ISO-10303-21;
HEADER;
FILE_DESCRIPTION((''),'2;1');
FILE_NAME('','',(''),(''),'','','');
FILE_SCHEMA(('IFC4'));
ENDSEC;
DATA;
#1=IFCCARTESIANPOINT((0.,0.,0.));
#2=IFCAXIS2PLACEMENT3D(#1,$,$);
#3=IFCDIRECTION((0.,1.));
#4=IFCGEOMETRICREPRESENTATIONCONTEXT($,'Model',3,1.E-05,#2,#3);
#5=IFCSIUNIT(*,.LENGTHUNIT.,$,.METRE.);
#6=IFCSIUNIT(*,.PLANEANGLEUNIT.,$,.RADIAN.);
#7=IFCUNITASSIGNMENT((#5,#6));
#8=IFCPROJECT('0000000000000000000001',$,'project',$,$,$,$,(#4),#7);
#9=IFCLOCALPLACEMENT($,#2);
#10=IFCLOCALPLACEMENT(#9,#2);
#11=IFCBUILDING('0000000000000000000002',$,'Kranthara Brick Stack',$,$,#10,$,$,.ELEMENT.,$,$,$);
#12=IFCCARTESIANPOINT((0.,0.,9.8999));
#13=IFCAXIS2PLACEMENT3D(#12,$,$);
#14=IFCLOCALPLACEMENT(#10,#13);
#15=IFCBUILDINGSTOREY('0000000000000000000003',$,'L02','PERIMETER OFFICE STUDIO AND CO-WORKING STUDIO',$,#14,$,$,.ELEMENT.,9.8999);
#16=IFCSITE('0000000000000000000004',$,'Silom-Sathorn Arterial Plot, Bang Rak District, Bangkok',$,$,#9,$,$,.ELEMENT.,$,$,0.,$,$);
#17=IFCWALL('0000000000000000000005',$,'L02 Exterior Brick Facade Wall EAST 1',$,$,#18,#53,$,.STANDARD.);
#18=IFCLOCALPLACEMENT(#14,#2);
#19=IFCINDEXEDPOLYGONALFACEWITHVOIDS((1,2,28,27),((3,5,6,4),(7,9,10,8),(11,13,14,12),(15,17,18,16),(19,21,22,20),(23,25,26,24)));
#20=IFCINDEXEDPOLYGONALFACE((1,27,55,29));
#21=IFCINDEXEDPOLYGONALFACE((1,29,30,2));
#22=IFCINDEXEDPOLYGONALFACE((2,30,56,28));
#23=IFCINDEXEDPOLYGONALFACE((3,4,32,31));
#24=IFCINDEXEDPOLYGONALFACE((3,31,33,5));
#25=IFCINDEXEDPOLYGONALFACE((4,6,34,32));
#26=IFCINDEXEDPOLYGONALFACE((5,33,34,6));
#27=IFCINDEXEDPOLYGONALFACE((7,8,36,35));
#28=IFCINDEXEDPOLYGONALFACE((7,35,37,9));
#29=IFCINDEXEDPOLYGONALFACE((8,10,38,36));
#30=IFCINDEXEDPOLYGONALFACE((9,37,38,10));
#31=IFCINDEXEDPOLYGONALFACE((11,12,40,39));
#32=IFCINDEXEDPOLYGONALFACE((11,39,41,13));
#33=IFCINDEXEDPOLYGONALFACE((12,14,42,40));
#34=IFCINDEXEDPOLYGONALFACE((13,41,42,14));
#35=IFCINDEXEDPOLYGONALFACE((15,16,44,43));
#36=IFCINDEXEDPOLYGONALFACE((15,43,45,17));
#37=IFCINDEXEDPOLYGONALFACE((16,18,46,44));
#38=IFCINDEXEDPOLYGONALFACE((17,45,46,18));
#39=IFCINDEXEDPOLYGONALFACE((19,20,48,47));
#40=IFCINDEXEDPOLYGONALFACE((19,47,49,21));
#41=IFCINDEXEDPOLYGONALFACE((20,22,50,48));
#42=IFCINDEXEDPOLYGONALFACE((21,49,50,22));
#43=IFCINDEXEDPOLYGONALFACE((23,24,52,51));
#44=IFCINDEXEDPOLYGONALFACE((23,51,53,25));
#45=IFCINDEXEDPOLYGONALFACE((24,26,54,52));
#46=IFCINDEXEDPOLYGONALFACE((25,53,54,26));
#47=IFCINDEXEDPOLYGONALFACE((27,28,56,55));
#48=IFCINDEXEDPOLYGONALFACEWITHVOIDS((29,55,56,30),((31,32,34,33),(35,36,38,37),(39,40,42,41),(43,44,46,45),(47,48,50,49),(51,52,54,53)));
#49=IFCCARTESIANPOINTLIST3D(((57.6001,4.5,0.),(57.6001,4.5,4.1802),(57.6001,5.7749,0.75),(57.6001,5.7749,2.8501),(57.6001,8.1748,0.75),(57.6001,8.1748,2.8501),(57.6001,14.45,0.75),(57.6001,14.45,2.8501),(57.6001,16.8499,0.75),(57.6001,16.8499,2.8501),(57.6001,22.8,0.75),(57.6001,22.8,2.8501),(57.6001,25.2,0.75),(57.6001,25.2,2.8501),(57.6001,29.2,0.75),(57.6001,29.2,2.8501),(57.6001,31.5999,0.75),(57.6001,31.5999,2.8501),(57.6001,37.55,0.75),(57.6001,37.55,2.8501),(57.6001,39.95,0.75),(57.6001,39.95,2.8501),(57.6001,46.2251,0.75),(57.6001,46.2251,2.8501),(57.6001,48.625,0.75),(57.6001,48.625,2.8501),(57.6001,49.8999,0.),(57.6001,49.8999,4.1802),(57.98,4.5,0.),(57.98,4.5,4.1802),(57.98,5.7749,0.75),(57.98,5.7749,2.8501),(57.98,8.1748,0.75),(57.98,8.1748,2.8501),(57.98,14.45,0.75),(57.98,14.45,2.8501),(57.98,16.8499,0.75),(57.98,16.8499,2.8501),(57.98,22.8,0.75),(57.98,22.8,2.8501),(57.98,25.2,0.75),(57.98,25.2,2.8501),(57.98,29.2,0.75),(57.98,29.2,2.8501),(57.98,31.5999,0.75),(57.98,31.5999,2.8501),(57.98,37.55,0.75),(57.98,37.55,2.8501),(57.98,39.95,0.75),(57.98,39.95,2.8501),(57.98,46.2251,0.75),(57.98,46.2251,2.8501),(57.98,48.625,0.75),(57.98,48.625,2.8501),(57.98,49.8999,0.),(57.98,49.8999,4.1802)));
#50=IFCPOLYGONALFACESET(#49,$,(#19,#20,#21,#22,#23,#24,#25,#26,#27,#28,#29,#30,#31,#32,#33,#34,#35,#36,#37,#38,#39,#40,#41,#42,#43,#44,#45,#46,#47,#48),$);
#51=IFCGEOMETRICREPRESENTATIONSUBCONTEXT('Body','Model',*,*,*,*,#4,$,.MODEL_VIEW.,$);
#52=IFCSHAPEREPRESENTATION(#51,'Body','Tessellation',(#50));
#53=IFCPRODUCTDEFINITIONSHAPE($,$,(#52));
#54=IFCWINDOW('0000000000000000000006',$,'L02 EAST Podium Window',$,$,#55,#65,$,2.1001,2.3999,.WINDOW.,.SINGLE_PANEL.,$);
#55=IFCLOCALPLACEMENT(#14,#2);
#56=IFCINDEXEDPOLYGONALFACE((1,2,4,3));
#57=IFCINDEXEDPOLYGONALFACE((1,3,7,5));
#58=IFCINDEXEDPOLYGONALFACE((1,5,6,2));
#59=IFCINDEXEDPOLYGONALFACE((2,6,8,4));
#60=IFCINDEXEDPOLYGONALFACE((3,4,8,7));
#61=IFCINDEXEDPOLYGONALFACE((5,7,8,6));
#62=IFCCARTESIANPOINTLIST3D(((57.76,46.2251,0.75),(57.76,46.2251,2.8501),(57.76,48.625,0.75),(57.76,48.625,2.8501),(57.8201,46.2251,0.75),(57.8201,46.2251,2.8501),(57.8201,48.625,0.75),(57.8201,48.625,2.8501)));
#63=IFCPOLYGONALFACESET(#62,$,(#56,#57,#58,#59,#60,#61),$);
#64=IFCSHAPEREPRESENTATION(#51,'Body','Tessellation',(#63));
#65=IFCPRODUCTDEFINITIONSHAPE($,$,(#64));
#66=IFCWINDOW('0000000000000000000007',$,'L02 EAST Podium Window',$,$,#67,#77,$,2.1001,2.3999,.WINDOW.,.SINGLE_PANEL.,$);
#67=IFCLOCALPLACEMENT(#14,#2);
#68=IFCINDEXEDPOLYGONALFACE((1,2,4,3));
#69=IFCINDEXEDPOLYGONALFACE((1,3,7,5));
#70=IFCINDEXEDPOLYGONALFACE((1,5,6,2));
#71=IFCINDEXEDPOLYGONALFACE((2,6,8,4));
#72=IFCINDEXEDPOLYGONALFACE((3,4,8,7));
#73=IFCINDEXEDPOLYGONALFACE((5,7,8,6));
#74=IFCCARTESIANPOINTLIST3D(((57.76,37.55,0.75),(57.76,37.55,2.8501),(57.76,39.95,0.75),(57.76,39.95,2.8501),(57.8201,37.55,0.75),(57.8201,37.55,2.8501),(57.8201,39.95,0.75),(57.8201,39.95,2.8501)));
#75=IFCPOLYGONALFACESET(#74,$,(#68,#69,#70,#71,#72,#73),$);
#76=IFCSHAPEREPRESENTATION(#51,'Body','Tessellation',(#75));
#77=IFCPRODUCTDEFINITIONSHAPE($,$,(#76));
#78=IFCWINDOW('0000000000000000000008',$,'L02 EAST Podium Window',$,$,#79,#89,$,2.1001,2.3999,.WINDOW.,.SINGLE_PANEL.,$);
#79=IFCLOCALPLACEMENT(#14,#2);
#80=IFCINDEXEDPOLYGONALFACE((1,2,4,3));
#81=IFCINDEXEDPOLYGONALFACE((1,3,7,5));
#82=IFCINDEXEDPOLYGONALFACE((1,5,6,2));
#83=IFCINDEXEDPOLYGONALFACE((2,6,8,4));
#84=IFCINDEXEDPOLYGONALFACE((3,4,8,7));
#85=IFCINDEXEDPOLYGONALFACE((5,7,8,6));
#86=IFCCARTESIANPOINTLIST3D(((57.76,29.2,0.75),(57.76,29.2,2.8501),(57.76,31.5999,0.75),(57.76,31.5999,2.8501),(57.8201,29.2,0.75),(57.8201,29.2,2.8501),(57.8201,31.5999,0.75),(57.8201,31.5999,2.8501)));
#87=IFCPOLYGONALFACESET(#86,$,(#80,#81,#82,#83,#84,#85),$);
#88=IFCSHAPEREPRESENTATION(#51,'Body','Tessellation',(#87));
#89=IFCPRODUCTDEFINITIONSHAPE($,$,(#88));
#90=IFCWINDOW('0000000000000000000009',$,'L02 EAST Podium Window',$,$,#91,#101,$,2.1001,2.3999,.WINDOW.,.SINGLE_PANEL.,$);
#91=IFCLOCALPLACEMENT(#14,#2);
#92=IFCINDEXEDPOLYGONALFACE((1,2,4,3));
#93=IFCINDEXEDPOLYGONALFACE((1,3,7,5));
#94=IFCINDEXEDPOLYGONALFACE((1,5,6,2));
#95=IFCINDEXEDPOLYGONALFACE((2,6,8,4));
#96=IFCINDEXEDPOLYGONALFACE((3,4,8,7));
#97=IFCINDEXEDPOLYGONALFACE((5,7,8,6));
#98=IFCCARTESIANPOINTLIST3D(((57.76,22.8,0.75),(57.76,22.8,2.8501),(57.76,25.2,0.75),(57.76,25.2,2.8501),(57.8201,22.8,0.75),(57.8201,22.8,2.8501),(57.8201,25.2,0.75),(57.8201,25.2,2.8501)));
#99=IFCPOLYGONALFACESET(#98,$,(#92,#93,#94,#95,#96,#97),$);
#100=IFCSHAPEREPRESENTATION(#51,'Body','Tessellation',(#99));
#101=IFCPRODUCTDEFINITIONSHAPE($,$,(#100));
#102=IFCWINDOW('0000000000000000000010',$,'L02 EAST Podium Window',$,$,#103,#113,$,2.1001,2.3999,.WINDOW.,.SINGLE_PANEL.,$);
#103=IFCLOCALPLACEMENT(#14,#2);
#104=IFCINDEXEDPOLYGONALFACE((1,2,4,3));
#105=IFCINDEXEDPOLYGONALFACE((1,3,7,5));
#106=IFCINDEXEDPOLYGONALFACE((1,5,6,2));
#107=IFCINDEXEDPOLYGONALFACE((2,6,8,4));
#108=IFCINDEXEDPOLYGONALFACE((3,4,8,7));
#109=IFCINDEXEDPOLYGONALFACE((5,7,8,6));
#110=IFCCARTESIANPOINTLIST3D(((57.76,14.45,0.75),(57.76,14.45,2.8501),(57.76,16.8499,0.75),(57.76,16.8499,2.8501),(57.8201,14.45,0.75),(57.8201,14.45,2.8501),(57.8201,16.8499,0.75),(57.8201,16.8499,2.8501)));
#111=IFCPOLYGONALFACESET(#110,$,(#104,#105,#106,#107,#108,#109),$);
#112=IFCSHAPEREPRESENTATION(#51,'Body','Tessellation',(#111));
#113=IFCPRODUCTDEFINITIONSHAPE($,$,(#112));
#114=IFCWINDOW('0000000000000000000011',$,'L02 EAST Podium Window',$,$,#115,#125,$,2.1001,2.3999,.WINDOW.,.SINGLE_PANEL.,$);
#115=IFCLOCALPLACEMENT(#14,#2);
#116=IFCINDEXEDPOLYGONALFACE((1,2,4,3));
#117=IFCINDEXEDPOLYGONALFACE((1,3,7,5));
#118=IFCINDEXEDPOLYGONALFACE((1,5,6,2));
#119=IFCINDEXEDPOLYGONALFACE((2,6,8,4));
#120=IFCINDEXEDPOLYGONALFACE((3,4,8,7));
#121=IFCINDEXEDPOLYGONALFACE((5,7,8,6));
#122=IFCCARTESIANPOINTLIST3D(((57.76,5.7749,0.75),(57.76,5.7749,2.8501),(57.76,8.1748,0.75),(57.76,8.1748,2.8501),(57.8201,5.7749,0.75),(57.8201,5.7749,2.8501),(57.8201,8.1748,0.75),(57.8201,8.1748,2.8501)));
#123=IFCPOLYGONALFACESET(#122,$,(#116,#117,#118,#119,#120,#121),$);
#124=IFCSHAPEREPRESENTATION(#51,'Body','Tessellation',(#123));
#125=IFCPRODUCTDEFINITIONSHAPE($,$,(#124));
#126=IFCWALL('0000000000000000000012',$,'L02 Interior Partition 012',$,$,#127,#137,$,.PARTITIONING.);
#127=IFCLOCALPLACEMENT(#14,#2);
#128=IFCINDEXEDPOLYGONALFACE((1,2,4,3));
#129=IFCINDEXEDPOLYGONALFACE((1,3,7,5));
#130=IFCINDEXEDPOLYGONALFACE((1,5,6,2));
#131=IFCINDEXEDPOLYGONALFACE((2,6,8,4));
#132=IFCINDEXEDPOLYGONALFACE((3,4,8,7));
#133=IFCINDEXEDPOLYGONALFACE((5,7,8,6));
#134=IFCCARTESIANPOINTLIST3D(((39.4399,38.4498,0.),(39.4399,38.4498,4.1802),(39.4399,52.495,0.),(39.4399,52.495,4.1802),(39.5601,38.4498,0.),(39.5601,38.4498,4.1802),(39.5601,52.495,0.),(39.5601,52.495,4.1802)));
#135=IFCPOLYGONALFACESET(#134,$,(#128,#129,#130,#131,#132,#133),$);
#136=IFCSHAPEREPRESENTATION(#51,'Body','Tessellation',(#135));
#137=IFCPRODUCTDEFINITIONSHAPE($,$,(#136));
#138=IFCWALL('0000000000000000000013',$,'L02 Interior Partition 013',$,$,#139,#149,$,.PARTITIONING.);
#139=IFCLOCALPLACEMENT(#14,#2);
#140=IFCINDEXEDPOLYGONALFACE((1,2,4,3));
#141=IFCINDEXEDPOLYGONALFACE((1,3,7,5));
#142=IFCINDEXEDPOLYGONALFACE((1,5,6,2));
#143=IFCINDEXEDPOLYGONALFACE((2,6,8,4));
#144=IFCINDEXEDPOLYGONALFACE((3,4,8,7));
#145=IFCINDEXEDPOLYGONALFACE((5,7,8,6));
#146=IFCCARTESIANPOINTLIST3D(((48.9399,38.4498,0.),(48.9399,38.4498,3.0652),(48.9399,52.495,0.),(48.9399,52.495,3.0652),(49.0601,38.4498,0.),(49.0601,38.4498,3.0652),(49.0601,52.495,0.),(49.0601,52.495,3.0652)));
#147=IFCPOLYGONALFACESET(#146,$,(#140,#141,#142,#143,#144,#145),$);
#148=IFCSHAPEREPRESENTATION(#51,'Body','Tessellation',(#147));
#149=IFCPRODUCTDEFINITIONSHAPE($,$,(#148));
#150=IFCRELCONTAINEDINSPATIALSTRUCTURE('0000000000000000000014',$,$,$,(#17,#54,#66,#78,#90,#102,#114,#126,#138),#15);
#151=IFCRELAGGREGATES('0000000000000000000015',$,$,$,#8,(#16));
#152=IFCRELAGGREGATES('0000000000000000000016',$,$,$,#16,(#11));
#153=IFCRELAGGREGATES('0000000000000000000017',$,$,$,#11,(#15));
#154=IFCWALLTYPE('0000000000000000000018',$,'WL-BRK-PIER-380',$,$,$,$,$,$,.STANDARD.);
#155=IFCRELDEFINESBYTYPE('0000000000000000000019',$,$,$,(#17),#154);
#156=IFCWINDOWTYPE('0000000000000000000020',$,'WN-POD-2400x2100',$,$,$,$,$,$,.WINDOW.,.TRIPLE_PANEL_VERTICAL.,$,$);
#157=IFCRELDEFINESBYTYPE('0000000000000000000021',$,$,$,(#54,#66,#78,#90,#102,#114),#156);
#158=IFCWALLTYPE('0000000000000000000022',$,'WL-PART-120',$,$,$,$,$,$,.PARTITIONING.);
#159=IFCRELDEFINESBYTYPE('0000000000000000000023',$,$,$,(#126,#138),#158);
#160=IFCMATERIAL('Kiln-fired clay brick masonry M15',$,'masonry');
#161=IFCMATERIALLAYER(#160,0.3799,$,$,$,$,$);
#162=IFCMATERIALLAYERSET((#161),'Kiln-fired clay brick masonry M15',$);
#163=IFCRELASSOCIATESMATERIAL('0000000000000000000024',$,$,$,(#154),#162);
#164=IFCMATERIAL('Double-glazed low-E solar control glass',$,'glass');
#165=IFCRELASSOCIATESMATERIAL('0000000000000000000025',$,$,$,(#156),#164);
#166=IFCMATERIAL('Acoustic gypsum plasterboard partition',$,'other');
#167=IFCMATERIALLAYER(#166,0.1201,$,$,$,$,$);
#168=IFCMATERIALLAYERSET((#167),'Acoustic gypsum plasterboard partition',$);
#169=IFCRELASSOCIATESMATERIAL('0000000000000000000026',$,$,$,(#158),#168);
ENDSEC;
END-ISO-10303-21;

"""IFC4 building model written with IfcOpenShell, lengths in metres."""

from ifc_helpers import new_model, si_unit, direction, frame, frame_2d, origin, place, context, subcontext, project, spatial, rectangle, extrude, material, layer, layer_set, type_object, element, fill, save


model = new_model("IFC4")

# Units and contexts
model_context = context("Model", 3, precision=1e-05, world=origin(), true_north=direction((0.0, 1.0)))
body_context = subcontext(model_context, "Body", "Model", "MODEL_VIEW")
ifc_project = project(units=[si_unit("LENGTHUNIT", "METRE"), si_unit("PLANEANGLEUNIT", "RADIAN")], contexts=[model_context])

# Site, building, storey
site_placement = place(None, origin())
site = spatial("IfcSite", under=ifc_project, at=site_placement, Name="Silom-Sathorn Arterial Plot, Bang Rak District, Bangkok", CompositionType="ELEMENT", RefElevation=0.0)
building_placement = place(site_placement, origin())
building = spatial("IfcBuilding", under=site, at=building_placement, Name="Kranthara Brick Stack", CompositionType="ELEMENT")
storey_placement = place(building_placement, frame((0.0, 0.0, 9.8999)))
storey = spatial("IfcBuildingStorey", under=building, at=storey_placement, Name="L02", Description="PERIMETER OFFICE STUDIO AND CO-WORKING STUDIO", CompositionType="ELEMENT", Elevation=9.8999)

# Shared definitions
ifc_material_1 = material(Name="Kiln-fired clay brick masonry M15", Category="masonry")
ifc_layer_1 = layer(ifc_material_1, 0.3799)
ifc_layer_set_1 = layer_set([ifc_layer_1], Name="Kiln-fired clay brick masonry M15")
wall_type_1 = type_object("IfcWallType", Name="WL-BRK-PIER-380", PredefinedType="STANDARD", material=ifc_layer_set_1)

# Wall, openings, windows
wall_1_placement = place(storey_placement, frame((57.79, 49.8999, 0.0), z_axis=(0.0, 0.0, 1.0), x_axis=(0.0, -1.0, 0.0)))
wall_1 = element("IfcWall", 1, at=wall_1_placement, inside=storey, type_object=wall_type_1, Name="L02 Exterior Brick Facade Wall EAST 1", PredefinedType="STANDARD", context=body_context, shape_type="SweptSolid", body=[
    extrude(rectangle(XDim=45.3999, YDim=0.3799, at=frame_2d((22.7, 0.0))), origin(), (0.0, 0.0, 1.0), 4.1802),
])
opening_1_placement = place(wall_1_placement, frame((1.2749, 0.0, 0.75)))
opening_1 = element("IfcOpeningElement", 2, at=opening_1_placement, cuts=wall_1, PredefinedType="OPENING", context=body_context, shape_type="SweptSolid", body=[
    extrude(rectangle(XDim=2.3999, YDim=2.1001, at=frame_2d((1.2, 1.05))), frame((0.0, 0.2, 0.0), z_axis=(0.0, -1.0, 0.0), x_axis=(1.0, 0.0, 0.0)), (0.0, 0.0, 1.0), 0.3999),
])
opening_2_placement = place(wall_1_placement, frame((9.95, 0.0, 0.75)))
opening_2 = element("IfcOpeningElement", 3, at=opening_2_placement, cuts=wall_1, PredefinedType="OPENING", context=body_context, shape_type="SweptSolid", body=[
    extrude(rectangle(XDim=2.3999, YDim=2.1001, at=frame_2d((1.2, 1.05))), frame((0.0, 0.2, 0.0), z_axis=(0.0, -1.0, 0.0), x_axis=(1.0, 0.0, 0.0)), (0.0, 0.0, 1.0), 0.3999),
])
opening_3_placement = place(wall_1_placement, frame((18.3, 0.0, 0.75)))
opening_3 = element("IfcOpeningElement", 4, at=opening_3_placement, cuts=wall_1, PredefinedType="OPENING", context=body_context, shape_type="SweptSolid", body=[
    extrude(rectangle(XDim=2.3999, YDim=2.1001, at=frame_2d((1.2, 1.05))), frame((0.0, 0.2, 0.0), z_axis=(0.0, -1.0, 0.0), x_axis=(1.0, 0.0, 0.0)), (0.0, 0.0, 1.0), 0.3999),
])
opening_4_placement = place(wall_1_placement, frame((24.7, 0.0, 0.75)))
opening_4 = element("IfcOpeningElement", 5, at=opening_4_placement, cuts=wall_1, PredefinedType="OPENING", context=body_context, shape_type="SweptSolid", body=[
    extrude(rectangle(XDim=2.3999, YDim=2.1001, at=frame_2d((1.2, 1.05))), frame((0.0, 0.2, 0.0), z_axis=(0.0, -1.0, 0.0), x_axis=(1.0, 0.0, 0.0)), (0.0, 0.0, 1.0), 0.3999),
])
opening_5_placement = place(wall_1_placement, frame((33.05, 0.0, 0.75)))
opening_5 = element("IfcOpeningElement", 6, at=opening_5_placement, cuts=wall_1, PredefinedType="OPENING", context=body_context, shape_type="SweptSolid", body=[
    extrude(rectangle(XDim=2.3999, YDim=2.1001, at=frame_2d((1.2, 1.05))), frame((0.0, 0.2, 0.0), z_axis=(0.0, -1.0, 0.0), x_axis=(1.0, 0.0, 0.0)), (0.0, 0.0, 1.0), 0.3999),
])
opening_6_placement = place(wall_1_placement, frame((41.7251, 0.0, 0.75)))
opening_6 = element("IfcOpeningElement", 7, at=opening_6_placement, cuts=wall_1, PredefinedType="OPENING", context=body_context, shape_type="SweptSolid", body=[
    extrude(rectangle(XDim=2.3999, YDim=2.1001, at=frame_2d((1.2, 1.05))), frame((0.0, 0.2, 0.0), z_axis=(0.0, -1.0, 0.0), x_axis=(1.0, 0.0, 0.0)), (0.0, 0.0, 1.0), 0.3999),
])
ifc_material_2 = material(Name="Double-glazed low-E solar control glass", Category="glass")
window_type = type_object("IfcWindowType", Name="WN-POD-2400x2100", PartitioningType="TRIPLE_PANEL_VERTICAL", PredefinedType="WINDOW", material=ifc_material_2)
window_1_placement = place(opening_1_placement, origin())
window_1 = element("IfcWindow", 8, at=window_1_placement, inside=storey, type_object=window_type, Name="L02 EAST Podium Window", OverallHeight=2.1001, OverallWidth=2.3999, PartitioningType="SINGLE_PANEL", PredefinedType="WINDOW", context=body_context, shape_type="SweptSolid", body=[
    extrude(rectangle(XDim=2.3999, YDim=2.1001, at=frame_2d((1.2, 1.05))), frame((0.0, 0.03, 0.0), z_axis=(0.0, -1.0, 0.0), x_axis=(1.0, 0.0, 0.0)), (0.0, 0.0, 1.0), 0.0601),
])
fill(opening_1, window_1)
window_2_placement = place(opening_2_placement, origin())
window_2 = element("IfcWindow", 9, at=window_2_placement, inside=storey, type_object=window_type, Name="L02 EAST Podium Window", OverallHeight=2.1001, OverallWidth=2.3999, PartitioningType="SINGLE_PANEL", PredefinedType="WINDOW", context=body_context, shape_type="SweptSolid", body=[
    extrude(rectangle(XDim=2.3999, YDim=2.1001, at=frame_2d((1.2, 1.05))), frame((0.0, 0.03, 0.0), z_axis=(0.0, -1.0, 0.0), x_axis=(1.0, 0.0, 0.0)), (0.0, 0.0, 1.0), 0.0601),
])
fill(opening_2, window_2)
window_3_placement = place(opening_3_placement, origin())
window_3 = element("IfcWindow", 10, at=window_3_placement, inside=storey, type_object=window_type, Name="L02 EAST Podium Window", OverallHeight=2.1001, OverallWidth=2.3999, PartitioningType="SINGLE_PANEL", PredefinedType="WINDOW", context=body_context, shape_type="SweptSolid", body=[
    extrude(rectangle(XDim=2.3999, YDim=2.1001, at=frame_2d((1.2, 1.05))), frame((0.0, 0.03, 0.0), z_axis=(0.0, -1.0, 0.0), x_axis=(1.0, 0.0, 0.0)), (0.0, 0.0, 1.0), 0.0601),
])
fill(opening_3, window_3)
window_4_placement = place(opening_4_placement, origin())
window_4 = element("IfcWindow", 11, at=window_4_placement, inside=storey, type_object=window_type, Name="L02 EAST Podium Window", OverallHeight=2.1001, OverallWidth=2.3999, PartitioningType="SINGLE_PANEL", PredefinedType="WINDOW", context=body_context, shape_type="SweptSolid", body=[
    extrude(rectangle(XDim=2.3999, YDim=2.1001, at=frame_2d((1.2, 1.05))), frame((0.0, 0.03, 0.0), z_axis=(0.0, -1.0, 0.0), x_axis=(1.0, 0.0, 0.0)), (0.0, 0.0, 1.0), 0.0601),
])
fill(opening_4, window_4)
window_5_placement = place(opening_5_placement, origin())
window_5 = element("IfcWindow", 12, at=window_5_placement, inside=storey, type_object=window_type, Name="L02 EAST Podium Window", OverallHeight=2.1001, OverallWidth=2.3999, PartitioningType="SINGLE_PANEL", PredefinedType="WINDOW", context=body_context, shape_type="SweptSolid", body=[
    extrude(rectangle(XDim=2.3999, YDim=2.1001, at=frame_2d((1.2, 1.05))), frame((0.0, 0.03, 0.0), z_axis=(0.0, -1.0, 0.0), x_axis=(1.0, 0.0, 0.0)), (0.0, 0.0, 1.0), 0.0601),
])
fill(opening_5, window_5)
window_6_placement = place(opening_6_placement, origin())
window_6 = element("IfcWindow", 13, at=window_6_placement, inside=storey, type_object=window_type, Name="L02 EAST Podium Window", OverallHeight=2.1001, OverallWidth=2.3999, PartitioningType="SINGLE_PANEL", PredefinedType="WINDOW", context=body_context, shape_type="SweptSolid", body=[
    extrude(rectangle(XDim=2.3999, YDim=2.1001, at=frame_2d((1.2, 1.05))), frame((0.0, 0.03, 0.0), z_axis=(0.0, -1.0, 0.0), x_axis=(1.0, 0.0, 0.0)), (0.0, 0.0, 1.0), 0.0601),
])
fill(opening_6, window_6)

# Walls
ifc_material_3 = material(Name="Acoustic gypsum plasterboard partition", Category="other")
ifc_layer_2 = layer(ifc_material_3, 0.1201)
ifc_layer_set_2 = layer_set([ifc_layer_2], Name="Acoustic gypsum plasterboard partition")
wall_type_2 = type_object("IfcWallType", Name="WL-PART-120", PredefinedType="PARTITIONING", material=ifc_layer_set_2)
wall_2_placement = place(storey_placement, frame((39.5, 38.45, 0.0), z_axis=(0.0, 0.0, 1.0), x_axis=(0.0, 1.0, 0.0)))
element("IfcWall", 14, at=wall_2_placement, inside=storey, type_object=wall_type_2, Name="L02 Interior Partition 012", PredefinedType="PARTITIONING", context=body_context, shape_type="SweptSolid", body=[
    extrude(rectangle(XDim=14.0452, YDim=0.1201, at=frame_2d((7.0225, 0.0))), origin(), (0.0, 0.0, 1.0), 4.1802),
])
wall_3_placement = place(storey_placement, frame((49.0, 38.45, 0.0), z_axis=(0.0, 0.0, 1.0), x_axis=(0.0, 1.0, 0.0)))
element("IfcWall", 15, at=wall_3_placement, inside=storey, type_object=wall_type_2, Name="L02 Interior Partition 013", PredefinedType="PARTITIONING", context=body_context, shape_type="SweptSolid", body=[
    extrude(rectangle(XDim=14.0452, YDim=0.1201, at=frame_2d((7.0225, 0.0))), origin(), (0.0, 0.0, 1.0), 3.0652),
])

save(model, "model.ifc")
